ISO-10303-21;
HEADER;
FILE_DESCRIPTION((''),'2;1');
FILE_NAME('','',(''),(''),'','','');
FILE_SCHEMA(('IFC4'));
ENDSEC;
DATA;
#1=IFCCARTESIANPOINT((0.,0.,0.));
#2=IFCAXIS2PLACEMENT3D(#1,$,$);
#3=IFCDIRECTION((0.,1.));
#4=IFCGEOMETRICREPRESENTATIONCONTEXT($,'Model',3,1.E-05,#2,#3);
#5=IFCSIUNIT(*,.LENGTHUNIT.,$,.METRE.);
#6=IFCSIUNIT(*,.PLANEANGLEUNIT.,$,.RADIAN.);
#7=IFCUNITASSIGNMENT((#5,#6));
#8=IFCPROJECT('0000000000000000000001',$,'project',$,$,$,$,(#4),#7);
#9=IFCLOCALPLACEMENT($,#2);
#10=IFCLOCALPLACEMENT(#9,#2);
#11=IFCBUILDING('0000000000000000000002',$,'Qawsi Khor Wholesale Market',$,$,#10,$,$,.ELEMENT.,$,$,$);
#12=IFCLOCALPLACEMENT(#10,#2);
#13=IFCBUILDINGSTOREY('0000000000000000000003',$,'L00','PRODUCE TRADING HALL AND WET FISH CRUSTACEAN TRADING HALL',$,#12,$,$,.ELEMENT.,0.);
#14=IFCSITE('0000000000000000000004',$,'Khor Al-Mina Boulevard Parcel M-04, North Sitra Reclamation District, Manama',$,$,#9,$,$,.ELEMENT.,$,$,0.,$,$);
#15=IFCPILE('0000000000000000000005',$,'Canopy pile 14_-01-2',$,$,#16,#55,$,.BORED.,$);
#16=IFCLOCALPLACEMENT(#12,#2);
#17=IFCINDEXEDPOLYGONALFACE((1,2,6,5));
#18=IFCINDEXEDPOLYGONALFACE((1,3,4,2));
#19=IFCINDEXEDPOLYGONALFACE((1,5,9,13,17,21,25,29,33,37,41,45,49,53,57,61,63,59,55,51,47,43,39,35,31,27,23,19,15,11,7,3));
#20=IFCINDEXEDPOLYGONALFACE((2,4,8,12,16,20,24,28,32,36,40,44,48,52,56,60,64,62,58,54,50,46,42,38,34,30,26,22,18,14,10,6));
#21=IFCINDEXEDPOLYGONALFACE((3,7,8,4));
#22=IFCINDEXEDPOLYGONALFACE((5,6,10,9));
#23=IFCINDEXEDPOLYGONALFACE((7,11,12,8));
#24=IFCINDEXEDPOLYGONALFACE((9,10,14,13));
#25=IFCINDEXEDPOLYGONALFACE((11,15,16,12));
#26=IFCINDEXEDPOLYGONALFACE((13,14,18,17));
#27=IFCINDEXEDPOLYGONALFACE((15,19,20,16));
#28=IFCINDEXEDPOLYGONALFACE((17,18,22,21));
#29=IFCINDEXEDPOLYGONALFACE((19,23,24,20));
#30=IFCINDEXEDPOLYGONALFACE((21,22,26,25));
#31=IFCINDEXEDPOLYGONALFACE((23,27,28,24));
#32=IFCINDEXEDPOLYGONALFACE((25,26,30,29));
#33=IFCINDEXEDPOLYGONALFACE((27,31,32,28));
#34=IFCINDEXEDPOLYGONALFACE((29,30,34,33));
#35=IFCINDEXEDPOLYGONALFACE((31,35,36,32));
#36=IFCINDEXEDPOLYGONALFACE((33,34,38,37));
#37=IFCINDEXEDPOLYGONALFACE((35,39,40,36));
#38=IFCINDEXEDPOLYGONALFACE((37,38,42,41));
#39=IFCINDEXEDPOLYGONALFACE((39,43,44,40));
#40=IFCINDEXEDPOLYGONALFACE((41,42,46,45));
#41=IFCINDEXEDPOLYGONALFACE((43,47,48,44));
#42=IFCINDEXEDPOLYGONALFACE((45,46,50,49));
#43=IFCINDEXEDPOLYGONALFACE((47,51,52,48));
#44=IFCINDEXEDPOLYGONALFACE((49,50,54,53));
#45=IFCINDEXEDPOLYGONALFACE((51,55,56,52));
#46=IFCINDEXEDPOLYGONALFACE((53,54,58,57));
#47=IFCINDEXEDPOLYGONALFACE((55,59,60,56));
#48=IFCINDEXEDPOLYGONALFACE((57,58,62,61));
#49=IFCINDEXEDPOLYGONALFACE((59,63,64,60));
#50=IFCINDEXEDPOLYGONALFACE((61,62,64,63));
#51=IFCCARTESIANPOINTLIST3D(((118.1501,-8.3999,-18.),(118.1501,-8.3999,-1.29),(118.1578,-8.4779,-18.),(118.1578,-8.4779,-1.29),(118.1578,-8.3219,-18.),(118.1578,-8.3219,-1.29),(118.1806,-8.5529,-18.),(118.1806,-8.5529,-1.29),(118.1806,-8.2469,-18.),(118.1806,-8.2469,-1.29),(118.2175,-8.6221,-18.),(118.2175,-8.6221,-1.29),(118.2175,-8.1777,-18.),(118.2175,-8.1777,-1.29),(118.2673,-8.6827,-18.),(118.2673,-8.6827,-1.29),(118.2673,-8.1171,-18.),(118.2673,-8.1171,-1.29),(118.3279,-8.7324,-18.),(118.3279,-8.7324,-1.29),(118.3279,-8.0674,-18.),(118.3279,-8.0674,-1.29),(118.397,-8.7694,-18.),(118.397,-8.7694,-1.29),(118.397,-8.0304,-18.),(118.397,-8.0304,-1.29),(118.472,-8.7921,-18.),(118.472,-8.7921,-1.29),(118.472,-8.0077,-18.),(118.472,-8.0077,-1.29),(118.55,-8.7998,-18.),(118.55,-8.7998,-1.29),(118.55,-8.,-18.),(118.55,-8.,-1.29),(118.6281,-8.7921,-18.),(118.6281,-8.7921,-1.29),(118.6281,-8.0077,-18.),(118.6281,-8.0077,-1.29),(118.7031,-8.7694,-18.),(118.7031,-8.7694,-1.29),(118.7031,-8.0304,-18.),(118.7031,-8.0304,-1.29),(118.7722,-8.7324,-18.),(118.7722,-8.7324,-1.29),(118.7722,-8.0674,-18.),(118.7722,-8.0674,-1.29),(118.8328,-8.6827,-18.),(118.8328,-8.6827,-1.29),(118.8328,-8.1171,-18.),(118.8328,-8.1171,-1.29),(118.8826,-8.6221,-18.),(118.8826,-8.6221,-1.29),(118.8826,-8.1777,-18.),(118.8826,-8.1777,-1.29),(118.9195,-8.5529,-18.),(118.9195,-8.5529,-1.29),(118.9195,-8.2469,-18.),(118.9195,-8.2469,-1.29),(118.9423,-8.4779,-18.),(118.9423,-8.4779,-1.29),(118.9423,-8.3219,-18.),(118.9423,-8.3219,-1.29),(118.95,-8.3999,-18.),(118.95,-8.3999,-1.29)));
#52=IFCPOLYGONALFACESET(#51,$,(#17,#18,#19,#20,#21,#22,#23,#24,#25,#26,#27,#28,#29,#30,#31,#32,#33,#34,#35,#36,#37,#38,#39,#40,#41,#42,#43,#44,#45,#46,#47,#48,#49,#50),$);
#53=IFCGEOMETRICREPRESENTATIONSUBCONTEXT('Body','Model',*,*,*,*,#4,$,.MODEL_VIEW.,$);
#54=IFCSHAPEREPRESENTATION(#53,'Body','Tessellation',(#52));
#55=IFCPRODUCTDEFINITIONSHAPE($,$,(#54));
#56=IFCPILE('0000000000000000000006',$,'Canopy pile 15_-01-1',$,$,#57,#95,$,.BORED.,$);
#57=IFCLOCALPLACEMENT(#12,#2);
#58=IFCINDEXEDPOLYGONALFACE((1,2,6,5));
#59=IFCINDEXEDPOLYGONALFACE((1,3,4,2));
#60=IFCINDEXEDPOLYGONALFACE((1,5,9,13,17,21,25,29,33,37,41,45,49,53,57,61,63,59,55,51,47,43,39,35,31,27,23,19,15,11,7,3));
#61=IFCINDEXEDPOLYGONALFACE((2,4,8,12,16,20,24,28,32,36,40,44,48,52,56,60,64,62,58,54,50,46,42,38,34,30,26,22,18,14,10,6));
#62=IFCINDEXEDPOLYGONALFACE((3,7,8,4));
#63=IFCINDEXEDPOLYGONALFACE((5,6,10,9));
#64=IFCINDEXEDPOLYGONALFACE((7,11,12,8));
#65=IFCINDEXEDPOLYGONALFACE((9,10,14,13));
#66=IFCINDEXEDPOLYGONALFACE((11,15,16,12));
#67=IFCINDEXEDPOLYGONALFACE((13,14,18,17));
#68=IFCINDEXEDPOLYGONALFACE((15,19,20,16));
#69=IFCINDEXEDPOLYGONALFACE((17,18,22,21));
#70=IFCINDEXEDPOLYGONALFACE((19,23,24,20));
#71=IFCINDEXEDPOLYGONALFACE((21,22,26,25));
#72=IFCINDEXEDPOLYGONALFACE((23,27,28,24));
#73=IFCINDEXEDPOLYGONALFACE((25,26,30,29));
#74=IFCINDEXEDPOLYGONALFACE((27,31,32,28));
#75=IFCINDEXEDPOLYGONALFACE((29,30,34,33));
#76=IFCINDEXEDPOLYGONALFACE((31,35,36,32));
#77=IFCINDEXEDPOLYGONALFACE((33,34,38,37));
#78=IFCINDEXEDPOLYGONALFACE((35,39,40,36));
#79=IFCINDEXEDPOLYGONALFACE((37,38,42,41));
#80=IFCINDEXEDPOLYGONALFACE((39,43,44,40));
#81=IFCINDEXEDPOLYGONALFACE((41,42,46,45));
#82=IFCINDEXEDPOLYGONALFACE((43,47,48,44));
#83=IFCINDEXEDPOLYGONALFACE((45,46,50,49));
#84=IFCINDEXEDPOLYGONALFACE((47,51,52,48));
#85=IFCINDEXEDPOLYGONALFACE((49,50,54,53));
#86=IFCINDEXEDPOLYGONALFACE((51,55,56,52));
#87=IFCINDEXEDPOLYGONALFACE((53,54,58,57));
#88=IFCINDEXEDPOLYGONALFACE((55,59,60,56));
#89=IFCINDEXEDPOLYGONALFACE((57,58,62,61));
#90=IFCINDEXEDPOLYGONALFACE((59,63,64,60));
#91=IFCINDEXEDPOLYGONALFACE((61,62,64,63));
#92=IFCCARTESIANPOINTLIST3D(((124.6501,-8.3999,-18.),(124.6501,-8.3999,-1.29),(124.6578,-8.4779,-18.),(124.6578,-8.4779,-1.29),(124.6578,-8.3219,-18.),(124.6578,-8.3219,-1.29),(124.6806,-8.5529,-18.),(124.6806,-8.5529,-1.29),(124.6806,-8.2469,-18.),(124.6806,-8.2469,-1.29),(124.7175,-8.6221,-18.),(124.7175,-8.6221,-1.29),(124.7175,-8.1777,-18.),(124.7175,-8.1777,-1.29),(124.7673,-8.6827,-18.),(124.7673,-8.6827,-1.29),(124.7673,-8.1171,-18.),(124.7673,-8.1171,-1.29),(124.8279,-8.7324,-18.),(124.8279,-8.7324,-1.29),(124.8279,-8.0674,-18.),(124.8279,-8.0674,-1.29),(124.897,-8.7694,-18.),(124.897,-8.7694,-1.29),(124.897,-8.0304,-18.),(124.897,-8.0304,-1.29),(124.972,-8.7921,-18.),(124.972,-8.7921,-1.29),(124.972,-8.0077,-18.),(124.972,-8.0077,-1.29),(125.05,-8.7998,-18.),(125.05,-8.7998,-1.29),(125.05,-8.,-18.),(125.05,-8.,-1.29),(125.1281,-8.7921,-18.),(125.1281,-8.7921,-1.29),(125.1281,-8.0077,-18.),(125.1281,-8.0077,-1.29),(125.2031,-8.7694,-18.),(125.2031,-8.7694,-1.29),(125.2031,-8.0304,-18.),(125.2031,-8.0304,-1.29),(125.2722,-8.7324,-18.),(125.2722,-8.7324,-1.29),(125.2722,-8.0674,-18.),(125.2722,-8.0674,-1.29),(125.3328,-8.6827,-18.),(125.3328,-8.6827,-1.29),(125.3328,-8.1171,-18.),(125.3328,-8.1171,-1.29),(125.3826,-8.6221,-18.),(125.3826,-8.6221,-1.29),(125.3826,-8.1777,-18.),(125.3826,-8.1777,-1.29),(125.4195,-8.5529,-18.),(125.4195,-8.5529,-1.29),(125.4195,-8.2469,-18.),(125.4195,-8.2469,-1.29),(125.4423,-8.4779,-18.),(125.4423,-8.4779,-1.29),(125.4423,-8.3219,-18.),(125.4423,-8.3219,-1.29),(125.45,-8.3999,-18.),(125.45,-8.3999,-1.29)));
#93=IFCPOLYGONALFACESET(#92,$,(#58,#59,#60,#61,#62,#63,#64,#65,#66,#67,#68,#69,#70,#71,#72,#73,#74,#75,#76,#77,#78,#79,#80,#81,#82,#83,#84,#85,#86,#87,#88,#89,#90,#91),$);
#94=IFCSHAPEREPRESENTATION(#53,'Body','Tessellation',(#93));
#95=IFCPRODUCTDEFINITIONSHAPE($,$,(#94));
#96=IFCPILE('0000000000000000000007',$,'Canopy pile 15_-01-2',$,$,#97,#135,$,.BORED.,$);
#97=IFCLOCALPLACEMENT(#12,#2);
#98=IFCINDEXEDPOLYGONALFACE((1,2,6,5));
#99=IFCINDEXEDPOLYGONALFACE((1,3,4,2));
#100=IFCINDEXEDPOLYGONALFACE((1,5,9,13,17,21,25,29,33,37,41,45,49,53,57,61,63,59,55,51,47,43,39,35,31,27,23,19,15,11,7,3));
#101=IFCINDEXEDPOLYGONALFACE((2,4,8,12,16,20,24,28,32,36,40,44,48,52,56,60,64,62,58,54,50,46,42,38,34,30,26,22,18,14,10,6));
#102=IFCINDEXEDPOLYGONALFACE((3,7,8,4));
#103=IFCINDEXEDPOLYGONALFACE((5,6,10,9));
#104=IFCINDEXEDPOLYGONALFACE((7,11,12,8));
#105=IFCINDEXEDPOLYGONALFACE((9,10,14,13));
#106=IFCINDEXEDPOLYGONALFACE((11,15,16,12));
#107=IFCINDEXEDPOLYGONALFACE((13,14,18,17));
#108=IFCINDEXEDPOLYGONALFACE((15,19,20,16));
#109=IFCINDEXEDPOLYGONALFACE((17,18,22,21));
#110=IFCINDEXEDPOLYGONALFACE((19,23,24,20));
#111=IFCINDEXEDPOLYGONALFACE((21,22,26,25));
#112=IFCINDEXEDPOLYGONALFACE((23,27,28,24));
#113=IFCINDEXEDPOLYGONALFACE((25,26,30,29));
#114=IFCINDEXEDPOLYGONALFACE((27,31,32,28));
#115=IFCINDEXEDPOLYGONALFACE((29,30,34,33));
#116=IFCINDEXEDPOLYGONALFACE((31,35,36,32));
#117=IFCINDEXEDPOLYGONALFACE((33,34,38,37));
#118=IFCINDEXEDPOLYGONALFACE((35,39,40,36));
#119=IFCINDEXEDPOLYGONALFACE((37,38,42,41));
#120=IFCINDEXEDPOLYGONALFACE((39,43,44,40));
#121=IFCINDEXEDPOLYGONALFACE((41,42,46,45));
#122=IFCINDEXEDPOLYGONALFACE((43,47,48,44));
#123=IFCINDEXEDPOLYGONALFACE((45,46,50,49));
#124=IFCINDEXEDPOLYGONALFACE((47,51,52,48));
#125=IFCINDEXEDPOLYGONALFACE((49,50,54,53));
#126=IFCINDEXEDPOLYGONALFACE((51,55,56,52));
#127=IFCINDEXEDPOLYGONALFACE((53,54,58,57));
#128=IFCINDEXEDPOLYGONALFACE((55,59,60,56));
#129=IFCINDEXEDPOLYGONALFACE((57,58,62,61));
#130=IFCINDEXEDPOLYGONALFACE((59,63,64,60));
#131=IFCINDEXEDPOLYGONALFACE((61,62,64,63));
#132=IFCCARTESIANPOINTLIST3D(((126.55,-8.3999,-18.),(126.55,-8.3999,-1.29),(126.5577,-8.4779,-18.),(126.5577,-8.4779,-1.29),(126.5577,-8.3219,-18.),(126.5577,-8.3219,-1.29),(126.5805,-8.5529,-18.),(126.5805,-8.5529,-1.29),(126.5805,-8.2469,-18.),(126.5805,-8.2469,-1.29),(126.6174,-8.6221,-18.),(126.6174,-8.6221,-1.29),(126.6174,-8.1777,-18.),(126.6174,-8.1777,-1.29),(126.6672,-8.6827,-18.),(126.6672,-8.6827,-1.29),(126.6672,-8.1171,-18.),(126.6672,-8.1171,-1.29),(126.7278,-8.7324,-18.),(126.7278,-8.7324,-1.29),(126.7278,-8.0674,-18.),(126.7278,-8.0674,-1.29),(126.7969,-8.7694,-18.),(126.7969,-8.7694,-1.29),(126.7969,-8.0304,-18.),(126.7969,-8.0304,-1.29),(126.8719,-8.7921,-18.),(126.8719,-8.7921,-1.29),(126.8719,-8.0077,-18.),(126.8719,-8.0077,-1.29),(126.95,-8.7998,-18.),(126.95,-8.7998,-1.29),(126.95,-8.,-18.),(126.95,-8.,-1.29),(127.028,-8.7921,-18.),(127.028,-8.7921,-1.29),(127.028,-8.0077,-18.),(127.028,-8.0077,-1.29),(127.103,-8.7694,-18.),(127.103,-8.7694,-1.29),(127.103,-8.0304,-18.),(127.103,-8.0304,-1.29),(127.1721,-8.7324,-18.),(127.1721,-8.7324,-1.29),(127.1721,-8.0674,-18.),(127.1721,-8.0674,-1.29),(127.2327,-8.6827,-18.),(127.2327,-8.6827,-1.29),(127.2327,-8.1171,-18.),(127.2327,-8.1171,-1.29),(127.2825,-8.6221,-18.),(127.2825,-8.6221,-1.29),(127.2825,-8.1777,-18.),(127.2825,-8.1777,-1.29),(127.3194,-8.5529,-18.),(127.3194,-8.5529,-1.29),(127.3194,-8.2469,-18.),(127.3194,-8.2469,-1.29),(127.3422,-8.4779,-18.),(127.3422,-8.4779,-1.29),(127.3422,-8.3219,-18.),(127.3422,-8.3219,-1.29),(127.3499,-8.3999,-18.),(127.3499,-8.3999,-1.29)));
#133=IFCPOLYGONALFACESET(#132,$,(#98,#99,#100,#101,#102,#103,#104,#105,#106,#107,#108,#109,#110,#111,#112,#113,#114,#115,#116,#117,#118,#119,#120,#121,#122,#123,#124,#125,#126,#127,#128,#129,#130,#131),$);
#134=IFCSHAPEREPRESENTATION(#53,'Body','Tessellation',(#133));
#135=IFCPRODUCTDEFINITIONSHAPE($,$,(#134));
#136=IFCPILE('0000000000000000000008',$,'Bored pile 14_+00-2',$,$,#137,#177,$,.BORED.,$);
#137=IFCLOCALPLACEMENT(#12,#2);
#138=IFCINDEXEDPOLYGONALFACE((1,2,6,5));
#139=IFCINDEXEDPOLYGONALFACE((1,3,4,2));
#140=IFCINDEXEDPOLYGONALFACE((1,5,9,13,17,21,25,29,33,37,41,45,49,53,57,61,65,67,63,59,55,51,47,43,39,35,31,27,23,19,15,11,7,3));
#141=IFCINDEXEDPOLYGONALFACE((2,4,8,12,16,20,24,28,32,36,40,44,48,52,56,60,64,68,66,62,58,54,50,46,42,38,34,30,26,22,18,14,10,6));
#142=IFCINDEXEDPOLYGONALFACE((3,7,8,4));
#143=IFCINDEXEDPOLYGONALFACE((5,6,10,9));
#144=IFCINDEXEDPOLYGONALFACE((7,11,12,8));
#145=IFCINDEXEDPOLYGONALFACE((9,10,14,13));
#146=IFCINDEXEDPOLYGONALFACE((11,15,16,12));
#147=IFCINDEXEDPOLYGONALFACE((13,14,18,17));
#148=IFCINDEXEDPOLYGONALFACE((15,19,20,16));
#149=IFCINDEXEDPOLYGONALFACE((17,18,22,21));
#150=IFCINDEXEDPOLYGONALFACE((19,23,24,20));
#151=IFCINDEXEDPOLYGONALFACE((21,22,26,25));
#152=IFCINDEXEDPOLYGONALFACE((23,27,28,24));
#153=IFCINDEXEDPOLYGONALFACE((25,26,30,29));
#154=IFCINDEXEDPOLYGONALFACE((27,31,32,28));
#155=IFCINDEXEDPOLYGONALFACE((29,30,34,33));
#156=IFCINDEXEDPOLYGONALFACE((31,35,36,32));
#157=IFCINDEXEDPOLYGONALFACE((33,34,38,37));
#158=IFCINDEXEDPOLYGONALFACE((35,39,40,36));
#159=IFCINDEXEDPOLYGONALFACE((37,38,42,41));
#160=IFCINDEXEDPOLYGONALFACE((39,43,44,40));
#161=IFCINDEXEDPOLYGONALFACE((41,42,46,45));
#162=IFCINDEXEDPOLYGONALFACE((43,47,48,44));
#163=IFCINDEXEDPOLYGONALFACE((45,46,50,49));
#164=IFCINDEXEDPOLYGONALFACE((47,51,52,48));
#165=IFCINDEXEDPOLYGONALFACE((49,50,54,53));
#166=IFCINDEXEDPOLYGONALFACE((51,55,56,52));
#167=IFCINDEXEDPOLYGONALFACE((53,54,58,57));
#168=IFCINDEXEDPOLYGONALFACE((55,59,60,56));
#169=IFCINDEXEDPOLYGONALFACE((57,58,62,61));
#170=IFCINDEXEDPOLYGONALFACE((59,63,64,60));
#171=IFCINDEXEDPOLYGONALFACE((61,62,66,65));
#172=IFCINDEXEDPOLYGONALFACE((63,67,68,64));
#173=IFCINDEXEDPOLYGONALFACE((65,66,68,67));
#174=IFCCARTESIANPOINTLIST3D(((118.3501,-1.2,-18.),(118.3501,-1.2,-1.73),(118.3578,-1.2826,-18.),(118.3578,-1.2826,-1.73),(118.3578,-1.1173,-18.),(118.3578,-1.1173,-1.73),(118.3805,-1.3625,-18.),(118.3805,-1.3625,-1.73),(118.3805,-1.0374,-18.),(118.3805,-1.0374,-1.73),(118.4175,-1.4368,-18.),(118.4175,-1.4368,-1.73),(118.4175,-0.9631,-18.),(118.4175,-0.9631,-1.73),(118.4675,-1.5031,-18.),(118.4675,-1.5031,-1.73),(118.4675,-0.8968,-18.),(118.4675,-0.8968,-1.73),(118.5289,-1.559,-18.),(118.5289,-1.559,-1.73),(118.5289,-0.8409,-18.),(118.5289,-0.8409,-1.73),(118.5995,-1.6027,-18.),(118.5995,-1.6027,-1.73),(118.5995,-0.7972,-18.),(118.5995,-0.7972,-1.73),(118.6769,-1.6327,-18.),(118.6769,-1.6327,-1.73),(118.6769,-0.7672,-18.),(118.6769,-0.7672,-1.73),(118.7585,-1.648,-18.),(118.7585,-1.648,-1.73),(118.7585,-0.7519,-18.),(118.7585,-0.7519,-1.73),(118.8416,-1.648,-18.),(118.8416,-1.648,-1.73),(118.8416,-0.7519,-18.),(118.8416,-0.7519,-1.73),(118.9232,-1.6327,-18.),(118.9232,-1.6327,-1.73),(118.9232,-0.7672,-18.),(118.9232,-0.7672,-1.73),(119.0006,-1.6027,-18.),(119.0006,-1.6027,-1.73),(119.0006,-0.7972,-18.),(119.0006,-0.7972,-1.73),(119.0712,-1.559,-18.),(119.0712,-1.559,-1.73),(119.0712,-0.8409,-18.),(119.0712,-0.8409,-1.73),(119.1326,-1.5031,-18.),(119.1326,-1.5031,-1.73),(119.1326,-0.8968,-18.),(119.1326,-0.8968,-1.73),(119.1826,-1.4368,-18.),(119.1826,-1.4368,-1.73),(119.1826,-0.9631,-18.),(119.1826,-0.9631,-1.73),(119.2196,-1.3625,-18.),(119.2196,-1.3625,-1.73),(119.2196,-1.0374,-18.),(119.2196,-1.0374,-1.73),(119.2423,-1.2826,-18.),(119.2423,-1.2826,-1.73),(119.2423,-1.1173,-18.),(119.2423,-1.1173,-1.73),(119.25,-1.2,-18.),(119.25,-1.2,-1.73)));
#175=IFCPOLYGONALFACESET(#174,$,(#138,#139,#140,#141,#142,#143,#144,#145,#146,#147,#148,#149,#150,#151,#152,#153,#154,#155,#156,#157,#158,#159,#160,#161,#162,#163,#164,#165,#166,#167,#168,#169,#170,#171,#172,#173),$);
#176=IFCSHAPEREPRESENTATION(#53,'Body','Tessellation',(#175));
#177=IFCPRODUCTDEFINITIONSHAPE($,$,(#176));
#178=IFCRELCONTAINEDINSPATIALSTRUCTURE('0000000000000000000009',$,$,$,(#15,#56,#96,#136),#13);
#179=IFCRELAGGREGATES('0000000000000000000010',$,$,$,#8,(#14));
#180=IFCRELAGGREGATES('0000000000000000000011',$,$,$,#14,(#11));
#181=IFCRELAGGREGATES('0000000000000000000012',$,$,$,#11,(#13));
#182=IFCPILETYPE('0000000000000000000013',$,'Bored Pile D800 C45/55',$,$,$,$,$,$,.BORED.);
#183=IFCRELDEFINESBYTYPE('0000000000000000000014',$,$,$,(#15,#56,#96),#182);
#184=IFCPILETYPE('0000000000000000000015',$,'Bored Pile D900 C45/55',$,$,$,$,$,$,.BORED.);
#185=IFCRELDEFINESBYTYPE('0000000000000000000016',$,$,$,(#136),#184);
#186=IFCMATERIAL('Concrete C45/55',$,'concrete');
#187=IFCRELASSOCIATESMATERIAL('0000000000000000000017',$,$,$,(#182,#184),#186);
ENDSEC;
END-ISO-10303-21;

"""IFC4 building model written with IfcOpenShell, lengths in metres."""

from ifc_helpers import new_model, si_unit, direction, frame, origin, origin_2d, place, context, subcontext, project, spatial, circle, extrude, material, material_profile, profile_set, type_object, element, save


model = new_model("IFC4")

# Units and contexts
model_context = context("Model", 3, precision=1e-05, world=origin(), true_north=direction((0.0, 1.0)))
body_context = subcontext(model_context, "Body", "Model", "MODEL_VIEW")
ifc_project = project(units=[si_unit("LENGTHUNIT", "METRE"), si_unit("PLANEANGLEUNIT", "RADIAN")], contexts=[model_context])

# Site, building, storey
site_placement = place(None, origin())
site = spatial("IfcSite", under=ifc_project, at=site_placement, Name="Khor Al-Mina Boulevard Parcel M-04, North Sitra Reclamation District, Manama", CompositionType="ELEMENT", RefElevation=0.0)
building_placement = place(site_placement, origin())
building = spatial("IfcBuilding", under=site, at=building_placement, Name="Qawsi Khor Wholesale Market", CompositionType="ELEMENT")
storey_placement = place(building_placement, origin())
storey = spatial("IfcBuildingStorey", under=building, at=storey_placement, Name="L00", Description="PRODUCE TRADING HALL AND WET FISH CRUSTACEAN TRADING HALL", CompositionType="ELEMENT", Elevation=0.0)

# Piles
ifc_material_1 = material(Name="Concrete C45/55", Category="concrete")
ifc_material_profile_1 = material_profile(ifc_material_1, circle(Radius=0.3999, at=origin_2d()), Name="PILE D800")
ifc_profile_set_1 = profile_set([ifc_material_profile_1], Name="Concrete C45/55")
pile_type_1 = type_object("IfcPileType", Name="Bored Pile D800 C45/55", PredefinedType="BORED", material=ifc_profile_set_1)
for number, where, z_axis, x_axis, name in (
    (1, (118.55, -8.3999, -1.29), (0.0, 0.0, -1.0), (1.0, 0.0, 0.0), "Canopy pile 14_-01-2"),
    (2, (125.05, -8.3999, -1.29), (0.0, 0.0, -1.0), (1.0, 0.0, 0.0), "Canopy pile 15_-01-1"),
    (3, (126.95, -8.3999, -1.29), (0.0, 0.0, -1.0), (1.0, 0.0, 0.0), "Canopy pile 15_-01-2"),
):
    element("IfcPile", number, at=place(storey_placement, frame(where, z_axis=z_axis, x_axis=x_axis)), inside=storey, type_object=pile_type_1, Name=name, PredefinedType="BORED", context=body_context, shape_type="SweptSolid", body=[
        extrude(circle(Radius=0.3999, at=origin_2d()), origin(), (0.0, 0.0, 1.0), 16.71),
    ])
ifc_material_profile_2 = material_profile(ifc_material_1, circle(Radius=0.45, at=origin_2d()), Name="PILE D900")
ifc_profile_set_2 = profile_set([ifc_material_profile_2], Name="Concrete C45/55")
pile_type_2 = type_object("IfcPileType", Name="Bored Pile D900 C45/55", PredefinedType="BORED", material=ifc_profile_set_2)
for number, where, z_axis, x_axis, name in (
    (4, (118.8, -1.2, -1.73), (0.0, 0.0, -1.0), (1.0, 0.0, 0.0), "Bored pile 14_+00-2"),
):
    element("IfcPile", number, at=place(storey_placement, frame(where, z_axis=z_axis, x_axis=x_axis)), inside=storey, type_object=pile_type_2, Name=name, PredefinedType="BORED", context=body_context, shape_type="SweptSolid", body=[
        extrude(circle(Radius=0.45, at=origin_2d()), origin(), (0.0, 0.0, 1.0), 16.27),
    ])

save(model, "model.ifc")
